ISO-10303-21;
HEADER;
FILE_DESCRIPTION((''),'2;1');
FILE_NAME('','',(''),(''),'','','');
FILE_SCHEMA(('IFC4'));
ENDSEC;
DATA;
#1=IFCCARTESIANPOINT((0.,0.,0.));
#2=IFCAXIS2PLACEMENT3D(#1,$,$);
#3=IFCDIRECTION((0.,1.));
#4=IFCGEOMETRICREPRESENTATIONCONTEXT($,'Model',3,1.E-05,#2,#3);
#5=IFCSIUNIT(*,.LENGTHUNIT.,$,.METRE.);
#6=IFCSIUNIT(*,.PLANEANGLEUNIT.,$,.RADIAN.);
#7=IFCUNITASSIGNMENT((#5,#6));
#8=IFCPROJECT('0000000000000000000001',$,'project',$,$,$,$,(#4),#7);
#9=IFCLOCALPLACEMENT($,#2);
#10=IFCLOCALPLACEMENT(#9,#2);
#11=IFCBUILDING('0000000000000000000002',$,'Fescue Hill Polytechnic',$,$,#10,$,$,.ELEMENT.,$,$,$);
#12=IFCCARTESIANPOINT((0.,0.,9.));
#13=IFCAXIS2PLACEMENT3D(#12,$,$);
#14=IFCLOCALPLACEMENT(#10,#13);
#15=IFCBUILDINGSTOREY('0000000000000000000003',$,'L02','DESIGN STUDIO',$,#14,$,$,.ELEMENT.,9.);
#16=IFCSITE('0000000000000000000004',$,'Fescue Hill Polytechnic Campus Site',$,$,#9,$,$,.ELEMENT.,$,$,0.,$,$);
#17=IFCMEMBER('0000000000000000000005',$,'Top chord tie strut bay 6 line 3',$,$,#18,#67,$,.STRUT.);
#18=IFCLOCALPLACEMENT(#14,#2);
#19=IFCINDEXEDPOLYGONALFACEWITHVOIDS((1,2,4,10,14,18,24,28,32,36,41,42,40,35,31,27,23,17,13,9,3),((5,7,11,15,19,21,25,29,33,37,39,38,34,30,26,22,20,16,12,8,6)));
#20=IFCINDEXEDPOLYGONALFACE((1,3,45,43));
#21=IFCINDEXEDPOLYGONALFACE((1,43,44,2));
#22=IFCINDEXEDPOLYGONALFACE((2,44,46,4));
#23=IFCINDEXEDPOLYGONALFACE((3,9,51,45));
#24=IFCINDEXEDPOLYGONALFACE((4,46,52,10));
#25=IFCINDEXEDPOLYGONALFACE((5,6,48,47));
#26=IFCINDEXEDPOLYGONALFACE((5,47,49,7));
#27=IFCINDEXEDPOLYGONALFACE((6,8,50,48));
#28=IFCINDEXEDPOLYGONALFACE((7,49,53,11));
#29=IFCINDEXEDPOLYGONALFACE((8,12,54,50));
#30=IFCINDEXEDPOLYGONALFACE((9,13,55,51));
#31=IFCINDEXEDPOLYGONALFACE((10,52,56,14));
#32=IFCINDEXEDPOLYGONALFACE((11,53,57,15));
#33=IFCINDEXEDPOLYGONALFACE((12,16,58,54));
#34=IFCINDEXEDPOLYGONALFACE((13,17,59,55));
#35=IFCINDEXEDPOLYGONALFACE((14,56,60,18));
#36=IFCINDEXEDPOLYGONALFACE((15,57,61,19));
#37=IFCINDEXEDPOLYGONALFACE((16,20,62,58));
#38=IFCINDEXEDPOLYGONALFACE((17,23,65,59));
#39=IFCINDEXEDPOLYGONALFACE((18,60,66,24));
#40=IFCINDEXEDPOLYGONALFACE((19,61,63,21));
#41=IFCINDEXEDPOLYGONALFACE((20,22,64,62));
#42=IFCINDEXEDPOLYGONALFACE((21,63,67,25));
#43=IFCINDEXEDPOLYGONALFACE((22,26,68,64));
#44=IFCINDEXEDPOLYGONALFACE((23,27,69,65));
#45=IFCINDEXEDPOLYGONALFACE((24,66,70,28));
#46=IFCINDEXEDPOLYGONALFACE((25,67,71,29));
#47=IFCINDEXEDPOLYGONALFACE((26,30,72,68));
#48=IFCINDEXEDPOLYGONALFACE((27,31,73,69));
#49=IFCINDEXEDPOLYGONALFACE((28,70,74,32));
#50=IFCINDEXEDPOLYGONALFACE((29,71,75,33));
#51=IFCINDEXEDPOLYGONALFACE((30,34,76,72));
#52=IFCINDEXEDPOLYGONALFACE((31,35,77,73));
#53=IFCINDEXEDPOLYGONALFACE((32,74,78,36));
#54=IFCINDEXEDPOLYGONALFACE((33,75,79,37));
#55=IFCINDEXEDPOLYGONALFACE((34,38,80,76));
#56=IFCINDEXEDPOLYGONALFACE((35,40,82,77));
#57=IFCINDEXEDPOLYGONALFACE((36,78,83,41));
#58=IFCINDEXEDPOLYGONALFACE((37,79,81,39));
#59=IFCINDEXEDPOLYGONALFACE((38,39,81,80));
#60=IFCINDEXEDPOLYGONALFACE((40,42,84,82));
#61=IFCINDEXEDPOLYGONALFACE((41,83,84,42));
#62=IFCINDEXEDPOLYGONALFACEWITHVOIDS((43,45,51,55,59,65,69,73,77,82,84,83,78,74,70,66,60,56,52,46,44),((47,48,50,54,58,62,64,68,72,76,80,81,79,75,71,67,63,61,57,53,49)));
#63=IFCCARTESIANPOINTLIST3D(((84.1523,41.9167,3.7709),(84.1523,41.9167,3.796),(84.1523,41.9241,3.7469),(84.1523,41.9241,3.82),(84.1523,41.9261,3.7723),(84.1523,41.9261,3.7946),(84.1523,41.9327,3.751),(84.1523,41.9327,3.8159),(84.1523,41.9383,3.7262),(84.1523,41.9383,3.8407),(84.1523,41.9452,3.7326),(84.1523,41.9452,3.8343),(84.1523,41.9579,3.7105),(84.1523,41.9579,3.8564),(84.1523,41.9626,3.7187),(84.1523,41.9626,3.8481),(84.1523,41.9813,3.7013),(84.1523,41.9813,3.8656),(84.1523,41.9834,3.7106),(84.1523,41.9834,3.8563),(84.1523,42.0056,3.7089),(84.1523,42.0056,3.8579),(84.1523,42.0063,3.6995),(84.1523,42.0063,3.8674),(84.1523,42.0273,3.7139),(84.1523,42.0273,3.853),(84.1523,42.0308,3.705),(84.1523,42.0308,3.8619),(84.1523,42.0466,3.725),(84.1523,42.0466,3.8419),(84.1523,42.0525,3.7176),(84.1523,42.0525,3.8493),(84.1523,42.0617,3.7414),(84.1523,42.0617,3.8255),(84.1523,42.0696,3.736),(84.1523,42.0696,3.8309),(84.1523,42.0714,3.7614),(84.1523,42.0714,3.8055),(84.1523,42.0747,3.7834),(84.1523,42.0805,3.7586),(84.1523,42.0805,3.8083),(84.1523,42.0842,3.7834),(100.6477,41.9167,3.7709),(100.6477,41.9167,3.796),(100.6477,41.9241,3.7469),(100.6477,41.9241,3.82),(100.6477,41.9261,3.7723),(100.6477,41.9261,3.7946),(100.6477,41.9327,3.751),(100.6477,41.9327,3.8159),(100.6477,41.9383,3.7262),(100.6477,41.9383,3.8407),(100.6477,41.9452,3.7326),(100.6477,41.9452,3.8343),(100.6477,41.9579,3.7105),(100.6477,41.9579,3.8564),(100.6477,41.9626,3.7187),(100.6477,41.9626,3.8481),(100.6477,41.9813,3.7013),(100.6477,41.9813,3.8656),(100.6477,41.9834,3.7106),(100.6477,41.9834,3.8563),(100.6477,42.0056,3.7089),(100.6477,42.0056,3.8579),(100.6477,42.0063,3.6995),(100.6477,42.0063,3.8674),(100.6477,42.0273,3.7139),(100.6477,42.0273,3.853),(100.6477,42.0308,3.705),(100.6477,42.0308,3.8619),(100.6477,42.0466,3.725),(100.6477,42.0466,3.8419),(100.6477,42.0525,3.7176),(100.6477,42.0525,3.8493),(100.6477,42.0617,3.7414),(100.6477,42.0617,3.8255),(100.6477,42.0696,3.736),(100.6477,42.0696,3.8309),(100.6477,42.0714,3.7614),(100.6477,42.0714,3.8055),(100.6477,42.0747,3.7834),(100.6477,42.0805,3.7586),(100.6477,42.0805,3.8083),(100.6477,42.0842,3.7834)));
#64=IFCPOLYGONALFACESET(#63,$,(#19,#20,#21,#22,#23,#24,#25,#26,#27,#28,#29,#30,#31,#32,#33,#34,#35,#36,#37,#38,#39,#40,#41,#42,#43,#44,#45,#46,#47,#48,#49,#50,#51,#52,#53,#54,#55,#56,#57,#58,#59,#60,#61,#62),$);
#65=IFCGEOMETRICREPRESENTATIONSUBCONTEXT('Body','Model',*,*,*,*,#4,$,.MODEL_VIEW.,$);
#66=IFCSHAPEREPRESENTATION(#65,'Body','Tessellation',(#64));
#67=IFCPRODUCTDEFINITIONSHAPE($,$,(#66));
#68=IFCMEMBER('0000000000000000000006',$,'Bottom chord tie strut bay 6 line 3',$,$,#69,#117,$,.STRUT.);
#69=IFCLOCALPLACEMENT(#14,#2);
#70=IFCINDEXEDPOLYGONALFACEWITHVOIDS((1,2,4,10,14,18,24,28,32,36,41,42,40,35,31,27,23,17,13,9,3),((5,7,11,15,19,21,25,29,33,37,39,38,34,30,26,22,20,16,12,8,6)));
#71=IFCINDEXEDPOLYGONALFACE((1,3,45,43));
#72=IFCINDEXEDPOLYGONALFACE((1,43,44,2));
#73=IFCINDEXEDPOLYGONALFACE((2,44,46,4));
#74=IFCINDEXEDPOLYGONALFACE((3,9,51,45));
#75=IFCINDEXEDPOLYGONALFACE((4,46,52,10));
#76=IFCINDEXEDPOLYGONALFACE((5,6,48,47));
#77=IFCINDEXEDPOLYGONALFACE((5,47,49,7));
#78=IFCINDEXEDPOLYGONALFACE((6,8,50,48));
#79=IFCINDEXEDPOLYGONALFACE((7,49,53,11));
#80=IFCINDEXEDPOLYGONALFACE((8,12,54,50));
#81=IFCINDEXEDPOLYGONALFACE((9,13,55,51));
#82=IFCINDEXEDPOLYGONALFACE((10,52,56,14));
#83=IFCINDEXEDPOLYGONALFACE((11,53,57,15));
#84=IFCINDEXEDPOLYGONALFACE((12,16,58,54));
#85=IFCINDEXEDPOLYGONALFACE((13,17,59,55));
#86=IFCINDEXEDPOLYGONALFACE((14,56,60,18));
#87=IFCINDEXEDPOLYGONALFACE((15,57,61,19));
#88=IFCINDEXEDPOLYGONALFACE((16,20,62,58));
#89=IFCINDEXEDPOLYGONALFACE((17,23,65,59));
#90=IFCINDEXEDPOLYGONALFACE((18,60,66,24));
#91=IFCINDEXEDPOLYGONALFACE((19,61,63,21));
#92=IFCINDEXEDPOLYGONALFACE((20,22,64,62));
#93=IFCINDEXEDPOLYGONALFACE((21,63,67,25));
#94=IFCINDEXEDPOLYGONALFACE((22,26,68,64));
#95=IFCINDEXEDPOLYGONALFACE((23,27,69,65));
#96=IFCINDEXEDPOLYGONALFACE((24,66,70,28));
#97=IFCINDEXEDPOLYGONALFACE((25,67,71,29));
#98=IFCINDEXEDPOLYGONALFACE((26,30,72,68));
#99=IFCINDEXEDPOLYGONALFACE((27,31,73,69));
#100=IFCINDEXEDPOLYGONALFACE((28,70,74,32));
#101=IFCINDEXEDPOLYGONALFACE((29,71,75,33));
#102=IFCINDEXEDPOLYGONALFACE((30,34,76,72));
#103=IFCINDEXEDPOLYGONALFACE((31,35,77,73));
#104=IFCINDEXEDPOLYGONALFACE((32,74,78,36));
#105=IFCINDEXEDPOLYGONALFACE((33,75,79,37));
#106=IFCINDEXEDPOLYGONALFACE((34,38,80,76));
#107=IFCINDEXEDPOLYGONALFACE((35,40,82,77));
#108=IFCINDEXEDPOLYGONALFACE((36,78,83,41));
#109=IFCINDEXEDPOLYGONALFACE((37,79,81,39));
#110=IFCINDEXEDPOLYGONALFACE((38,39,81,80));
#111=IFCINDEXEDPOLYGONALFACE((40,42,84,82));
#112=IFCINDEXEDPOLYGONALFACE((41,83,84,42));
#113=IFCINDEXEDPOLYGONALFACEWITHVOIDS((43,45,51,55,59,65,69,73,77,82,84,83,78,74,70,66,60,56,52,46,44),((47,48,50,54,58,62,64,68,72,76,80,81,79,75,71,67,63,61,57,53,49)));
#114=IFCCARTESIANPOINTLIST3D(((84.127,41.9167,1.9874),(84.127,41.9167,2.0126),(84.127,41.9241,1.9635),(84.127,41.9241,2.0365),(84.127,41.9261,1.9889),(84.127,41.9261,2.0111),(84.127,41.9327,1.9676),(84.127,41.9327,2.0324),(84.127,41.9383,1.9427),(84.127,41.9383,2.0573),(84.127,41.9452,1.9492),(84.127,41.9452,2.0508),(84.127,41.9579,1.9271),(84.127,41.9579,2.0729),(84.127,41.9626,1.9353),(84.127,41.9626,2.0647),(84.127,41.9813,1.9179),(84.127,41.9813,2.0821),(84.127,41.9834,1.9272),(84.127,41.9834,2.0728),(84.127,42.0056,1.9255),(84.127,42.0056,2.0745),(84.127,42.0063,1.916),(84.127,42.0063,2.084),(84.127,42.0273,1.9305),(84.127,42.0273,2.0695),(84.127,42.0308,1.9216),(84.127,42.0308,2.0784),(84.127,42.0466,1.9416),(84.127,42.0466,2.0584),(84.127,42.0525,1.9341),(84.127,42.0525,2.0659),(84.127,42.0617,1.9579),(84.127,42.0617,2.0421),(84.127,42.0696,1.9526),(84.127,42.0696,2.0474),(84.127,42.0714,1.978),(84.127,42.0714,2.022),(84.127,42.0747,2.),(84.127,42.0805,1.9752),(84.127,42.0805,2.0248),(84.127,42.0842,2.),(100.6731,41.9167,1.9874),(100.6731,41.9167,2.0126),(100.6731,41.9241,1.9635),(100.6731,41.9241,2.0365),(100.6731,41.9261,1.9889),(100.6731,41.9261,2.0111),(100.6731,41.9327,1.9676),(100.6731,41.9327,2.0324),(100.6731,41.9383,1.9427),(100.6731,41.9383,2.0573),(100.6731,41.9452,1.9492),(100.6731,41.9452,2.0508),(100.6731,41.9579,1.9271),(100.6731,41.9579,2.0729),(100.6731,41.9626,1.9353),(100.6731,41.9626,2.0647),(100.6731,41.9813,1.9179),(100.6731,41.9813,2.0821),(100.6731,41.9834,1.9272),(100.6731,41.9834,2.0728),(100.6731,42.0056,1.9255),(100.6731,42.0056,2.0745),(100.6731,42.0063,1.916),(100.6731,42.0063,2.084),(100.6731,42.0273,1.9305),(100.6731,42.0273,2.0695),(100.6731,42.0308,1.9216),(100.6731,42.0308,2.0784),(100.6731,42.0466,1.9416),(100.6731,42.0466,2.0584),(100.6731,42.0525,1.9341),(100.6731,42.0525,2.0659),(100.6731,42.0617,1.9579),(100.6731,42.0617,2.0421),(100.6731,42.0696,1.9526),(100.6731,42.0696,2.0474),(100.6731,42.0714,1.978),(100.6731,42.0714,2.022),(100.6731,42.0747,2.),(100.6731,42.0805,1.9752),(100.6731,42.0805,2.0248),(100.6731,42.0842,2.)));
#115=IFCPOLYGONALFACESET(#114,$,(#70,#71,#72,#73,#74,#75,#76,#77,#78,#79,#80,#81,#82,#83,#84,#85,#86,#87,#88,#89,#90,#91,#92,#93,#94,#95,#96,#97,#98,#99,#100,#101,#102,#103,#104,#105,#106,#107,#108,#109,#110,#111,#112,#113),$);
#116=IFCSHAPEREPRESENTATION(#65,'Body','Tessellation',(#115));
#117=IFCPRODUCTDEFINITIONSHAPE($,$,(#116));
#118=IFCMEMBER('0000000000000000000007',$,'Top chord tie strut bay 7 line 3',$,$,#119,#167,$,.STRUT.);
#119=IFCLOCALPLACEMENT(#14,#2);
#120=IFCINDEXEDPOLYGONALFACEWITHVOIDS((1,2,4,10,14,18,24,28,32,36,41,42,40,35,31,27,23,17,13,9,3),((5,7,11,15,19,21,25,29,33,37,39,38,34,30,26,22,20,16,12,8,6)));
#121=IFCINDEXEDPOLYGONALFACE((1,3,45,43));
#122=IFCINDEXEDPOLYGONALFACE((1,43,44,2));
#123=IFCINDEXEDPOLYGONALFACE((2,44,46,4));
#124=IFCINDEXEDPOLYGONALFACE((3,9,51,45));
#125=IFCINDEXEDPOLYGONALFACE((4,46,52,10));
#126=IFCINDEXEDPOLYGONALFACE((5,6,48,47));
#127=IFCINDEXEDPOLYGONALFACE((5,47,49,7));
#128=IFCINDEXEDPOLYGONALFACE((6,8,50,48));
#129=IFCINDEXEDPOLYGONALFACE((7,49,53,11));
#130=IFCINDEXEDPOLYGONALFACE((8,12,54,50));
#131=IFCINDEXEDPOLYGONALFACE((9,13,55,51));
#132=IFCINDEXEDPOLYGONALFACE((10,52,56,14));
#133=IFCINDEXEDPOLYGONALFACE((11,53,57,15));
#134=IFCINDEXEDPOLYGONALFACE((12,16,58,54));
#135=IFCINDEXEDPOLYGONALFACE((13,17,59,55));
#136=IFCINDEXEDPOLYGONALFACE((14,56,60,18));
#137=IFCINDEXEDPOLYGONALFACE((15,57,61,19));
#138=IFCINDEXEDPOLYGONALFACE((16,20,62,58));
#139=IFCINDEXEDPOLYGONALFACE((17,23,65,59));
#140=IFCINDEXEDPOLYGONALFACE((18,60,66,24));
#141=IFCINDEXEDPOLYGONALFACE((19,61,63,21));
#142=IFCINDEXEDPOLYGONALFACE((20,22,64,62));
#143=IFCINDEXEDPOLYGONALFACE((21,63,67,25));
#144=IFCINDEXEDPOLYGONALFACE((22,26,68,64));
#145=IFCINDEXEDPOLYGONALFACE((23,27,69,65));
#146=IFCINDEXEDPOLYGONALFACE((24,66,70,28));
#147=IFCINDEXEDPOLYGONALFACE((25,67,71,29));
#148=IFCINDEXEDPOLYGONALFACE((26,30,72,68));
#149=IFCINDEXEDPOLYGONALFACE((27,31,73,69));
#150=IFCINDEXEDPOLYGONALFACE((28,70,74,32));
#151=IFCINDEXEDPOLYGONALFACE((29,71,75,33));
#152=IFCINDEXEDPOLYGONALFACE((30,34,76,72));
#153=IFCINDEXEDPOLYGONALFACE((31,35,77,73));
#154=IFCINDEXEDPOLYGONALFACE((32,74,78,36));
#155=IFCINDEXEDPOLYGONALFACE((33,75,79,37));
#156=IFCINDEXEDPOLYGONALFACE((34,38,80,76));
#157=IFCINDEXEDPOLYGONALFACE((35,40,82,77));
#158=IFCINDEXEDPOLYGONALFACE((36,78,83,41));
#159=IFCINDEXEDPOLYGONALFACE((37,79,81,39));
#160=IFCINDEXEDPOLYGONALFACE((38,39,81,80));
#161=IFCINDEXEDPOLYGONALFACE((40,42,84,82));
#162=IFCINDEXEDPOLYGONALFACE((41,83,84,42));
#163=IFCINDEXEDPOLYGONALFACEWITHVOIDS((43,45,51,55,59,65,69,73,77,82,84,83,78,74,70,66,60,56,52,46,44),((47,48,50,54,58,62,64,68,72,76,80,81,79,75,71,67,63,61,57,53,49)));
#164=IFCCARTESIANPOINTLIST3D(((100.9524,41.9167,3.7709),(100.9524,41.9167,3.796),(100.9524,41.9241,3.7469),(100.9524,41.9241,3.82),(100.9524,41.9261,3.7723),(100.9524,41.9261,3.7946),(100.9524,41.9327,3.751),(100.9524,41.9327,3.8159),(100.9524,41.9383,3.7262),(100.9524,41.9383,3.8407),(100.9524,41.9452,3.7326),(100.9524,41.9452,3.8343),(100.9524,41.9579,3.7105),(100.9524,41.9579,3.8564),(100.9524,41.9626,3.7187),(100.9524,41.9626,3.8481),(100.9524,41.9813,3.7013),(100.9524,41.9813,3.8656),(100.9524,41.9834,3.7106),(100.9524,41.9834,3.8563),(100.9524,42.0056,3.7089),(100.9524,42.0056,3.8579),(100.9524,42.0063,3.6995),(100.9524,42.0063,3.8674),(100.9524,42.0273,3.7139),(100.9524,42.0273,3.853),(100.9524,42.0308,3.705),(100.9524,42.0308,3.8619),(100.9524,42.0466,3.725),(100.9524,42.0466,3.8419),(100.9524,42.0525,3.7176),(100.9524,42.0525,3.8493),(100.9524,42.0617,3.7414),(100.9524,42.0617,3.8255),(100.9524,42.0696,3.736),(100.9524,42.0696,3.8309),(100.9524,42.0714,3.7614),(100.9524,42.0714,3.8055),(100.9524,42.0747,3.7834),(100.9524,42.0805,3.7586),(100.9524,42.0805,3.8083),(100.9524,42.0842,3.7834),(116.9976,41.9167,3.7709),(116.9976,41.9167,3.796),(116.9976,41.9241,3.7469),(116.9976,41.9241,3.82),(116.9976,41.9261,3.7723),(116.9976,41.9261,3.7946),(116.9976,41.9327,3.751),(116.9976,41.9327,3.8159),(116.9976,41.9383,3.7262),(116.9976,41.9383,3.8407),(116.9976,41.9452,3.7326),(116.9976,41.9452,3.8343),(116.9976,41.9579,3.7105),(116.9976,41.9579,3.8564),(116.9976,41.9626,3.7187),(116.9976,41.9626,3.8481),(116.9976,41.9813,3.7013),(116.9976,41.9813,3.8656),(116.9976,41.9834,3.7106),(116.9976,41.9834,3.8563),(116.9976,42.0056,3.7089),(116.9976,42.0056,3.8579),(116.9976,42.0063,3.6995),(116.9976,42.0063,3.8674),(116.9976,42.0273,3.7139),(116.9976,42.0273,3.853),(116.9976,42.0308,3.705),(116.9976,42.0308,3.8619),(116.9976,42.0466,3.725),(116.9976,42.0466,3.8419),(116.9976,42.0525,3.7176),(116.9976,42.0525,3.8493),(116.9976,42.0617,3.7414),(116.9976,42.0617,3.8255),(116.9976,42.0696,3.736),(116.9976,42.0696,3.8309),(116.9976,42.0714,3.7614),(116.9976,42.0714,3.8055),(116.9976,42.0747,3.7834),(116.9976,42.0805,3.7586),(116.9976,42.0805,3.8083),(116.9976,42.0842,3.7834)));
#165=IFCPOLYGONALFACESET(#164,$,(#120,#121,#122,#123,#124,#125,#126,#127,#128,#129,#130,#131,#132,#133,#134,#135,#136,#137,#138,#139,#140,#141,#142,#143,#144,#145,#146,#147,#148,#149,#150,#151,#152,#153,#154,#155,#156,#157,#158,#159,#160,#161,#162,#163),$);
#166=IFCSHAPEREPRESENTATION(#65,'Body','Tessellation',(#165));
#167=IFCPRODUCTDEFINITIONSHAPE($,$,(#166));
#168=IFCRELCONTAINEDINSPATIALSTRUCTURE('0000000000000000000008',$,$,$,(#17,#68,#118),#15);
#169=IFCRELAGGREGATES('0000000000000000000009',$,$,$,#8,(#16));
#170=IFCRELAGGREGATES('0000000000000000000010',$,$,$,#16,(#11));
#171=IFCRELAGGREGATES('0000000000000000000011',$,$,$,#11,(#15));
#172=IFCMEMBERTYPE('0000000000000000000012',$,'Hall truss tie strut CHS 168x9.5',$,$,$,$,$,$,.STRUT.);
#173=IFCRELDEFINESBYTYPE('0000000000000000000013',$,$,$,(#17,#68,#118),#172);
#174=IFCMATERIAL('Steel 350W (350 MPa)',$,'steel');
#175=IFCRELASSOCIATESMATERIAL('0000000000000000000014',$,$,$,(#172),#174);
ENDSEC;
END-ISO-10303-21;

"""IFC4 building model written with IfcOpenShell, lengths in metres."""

from ifc_helpers import new_model, si_unit, direction, frame, origin, origin_2d, place, context, subcontext, project, spatial, hollow_circle, extrude, material, material_profile, profile_set, type_object, element, save


model = new_model("IFC4")

# Units and contexts
model_context = context("Model", 3, precision=1e-05, world=origin(), true_north=direction((0.0, 1.0)))
body_context = subcontext(model_context, "Body", "Model", "MODEL_VIEW")
ifc_project = project(units=[si_unit("LENGTHUNIT", "METRE"), si_unit("PLANEANGLEUNIT", "RADIAN")], contexts=[model_context])

# Site, building, storey
site_placement = place(None, origin())
site = spatial("IfcSite", under=ifc_project, at=site_placement, Name="Fescue Hill Polytechnic Campus Site", CompositionType="ELEMENT", RefElevation=0.0)
building_placement = place(site_placement, origin())
building = spatial("IfcBuilding", under=site, at=building_placement, Name="Fescue Hill Polytechnic", CompositionType="ELEMENT")
storey_placement = place(building_placement, frame((0.0, 0.0, 9.0)))
storey = spatial("IfcBuildingStorey", under=building, at=storey_placement, Name="L02", Description="DESIGN STUDIO", CompositionType="ELEMENT", Elevation=9.0)

# Members
ifc_material = material(Name="Steel 350W (350 MPa)", Category="steel")
ifc_material_profile_1 = material_profile(ifc_material, hollow_circle(Radius=0.0842, WallThickness=0.0095, at=origin_2d()), Name="Hall truss tie strut CHS 168x9.5")
ifc_profile_set_1 = profile_set([ifc_material_profile_1], Name="Steel 350W (350 MPa)")
member_type_1 = type_object("IfcMemberType", Name="Hall truss tie strut CHS 168x9.5", PredefinedType="STRUT", material=ifc_profile_set_1)
member_1_placement = place(storey_placement, frame((84.1523, 42.0, 3.7834), z_axis=(1.0, 0.0, 0.0), x_axis=(0.0, 1.0, 0.0)))
element("IfcMember", 1, at=member_1_placement, inside=storey, type_object=member_type_1, Name="Top chord tie strut bay 6 line 3", PredefinedType="STRUT", context=body_context, shape_type="SweptSolid", body=[
    extrude(hollow_circle(Radius=0.0842, WallThickness=0.0095, at=origin_2d()), origin(), (0.0, 0.0, 1.0), 16.4954),
])
member_2_placement = place(storey_placement, frame((84.127, 42.0, 2.0), z_axis=(1.0, 0.0, 0.0), x_axis=(0.0, 1.0, 0.0)))
element("IfcMember", 2, at=member_2_placement, inside=storey, type_object=member_type_1, Name="Bottom chord tie strut bay 6 line 3", PredefinedType="STRUT", context=body_context, shape_type="SweptSolid", body=[
    extrude(hollow_circle(Radius=0.0842, WallThickness=0.0095, at=origin_2d()), origin(), (0.0, 0.0, 1.0), 16.5461),
])
member_3_placement = place(storey_placement, frame((100.9524, 42.0, 3.7834), z_axis=(1.0, 0.0, 0.0), x_axis=(0.0, 1.0, 0.0)))
element("IfcMember", 3, at=member_3_placement, inside=storey, type_object=member_type_1, Name="Top chord tie strut bay 7 line 3", PredefinedType="STRUT", context=body_context, shape_type="SweptSolid", body=[
    extrude(hollow_circle(Radius=0.0842, WallThickness=0.0095, at=origin_2d()), origin(), (0.0, 0.0, 1.0), 16.0452),
])

save(model, "model.ifc")
